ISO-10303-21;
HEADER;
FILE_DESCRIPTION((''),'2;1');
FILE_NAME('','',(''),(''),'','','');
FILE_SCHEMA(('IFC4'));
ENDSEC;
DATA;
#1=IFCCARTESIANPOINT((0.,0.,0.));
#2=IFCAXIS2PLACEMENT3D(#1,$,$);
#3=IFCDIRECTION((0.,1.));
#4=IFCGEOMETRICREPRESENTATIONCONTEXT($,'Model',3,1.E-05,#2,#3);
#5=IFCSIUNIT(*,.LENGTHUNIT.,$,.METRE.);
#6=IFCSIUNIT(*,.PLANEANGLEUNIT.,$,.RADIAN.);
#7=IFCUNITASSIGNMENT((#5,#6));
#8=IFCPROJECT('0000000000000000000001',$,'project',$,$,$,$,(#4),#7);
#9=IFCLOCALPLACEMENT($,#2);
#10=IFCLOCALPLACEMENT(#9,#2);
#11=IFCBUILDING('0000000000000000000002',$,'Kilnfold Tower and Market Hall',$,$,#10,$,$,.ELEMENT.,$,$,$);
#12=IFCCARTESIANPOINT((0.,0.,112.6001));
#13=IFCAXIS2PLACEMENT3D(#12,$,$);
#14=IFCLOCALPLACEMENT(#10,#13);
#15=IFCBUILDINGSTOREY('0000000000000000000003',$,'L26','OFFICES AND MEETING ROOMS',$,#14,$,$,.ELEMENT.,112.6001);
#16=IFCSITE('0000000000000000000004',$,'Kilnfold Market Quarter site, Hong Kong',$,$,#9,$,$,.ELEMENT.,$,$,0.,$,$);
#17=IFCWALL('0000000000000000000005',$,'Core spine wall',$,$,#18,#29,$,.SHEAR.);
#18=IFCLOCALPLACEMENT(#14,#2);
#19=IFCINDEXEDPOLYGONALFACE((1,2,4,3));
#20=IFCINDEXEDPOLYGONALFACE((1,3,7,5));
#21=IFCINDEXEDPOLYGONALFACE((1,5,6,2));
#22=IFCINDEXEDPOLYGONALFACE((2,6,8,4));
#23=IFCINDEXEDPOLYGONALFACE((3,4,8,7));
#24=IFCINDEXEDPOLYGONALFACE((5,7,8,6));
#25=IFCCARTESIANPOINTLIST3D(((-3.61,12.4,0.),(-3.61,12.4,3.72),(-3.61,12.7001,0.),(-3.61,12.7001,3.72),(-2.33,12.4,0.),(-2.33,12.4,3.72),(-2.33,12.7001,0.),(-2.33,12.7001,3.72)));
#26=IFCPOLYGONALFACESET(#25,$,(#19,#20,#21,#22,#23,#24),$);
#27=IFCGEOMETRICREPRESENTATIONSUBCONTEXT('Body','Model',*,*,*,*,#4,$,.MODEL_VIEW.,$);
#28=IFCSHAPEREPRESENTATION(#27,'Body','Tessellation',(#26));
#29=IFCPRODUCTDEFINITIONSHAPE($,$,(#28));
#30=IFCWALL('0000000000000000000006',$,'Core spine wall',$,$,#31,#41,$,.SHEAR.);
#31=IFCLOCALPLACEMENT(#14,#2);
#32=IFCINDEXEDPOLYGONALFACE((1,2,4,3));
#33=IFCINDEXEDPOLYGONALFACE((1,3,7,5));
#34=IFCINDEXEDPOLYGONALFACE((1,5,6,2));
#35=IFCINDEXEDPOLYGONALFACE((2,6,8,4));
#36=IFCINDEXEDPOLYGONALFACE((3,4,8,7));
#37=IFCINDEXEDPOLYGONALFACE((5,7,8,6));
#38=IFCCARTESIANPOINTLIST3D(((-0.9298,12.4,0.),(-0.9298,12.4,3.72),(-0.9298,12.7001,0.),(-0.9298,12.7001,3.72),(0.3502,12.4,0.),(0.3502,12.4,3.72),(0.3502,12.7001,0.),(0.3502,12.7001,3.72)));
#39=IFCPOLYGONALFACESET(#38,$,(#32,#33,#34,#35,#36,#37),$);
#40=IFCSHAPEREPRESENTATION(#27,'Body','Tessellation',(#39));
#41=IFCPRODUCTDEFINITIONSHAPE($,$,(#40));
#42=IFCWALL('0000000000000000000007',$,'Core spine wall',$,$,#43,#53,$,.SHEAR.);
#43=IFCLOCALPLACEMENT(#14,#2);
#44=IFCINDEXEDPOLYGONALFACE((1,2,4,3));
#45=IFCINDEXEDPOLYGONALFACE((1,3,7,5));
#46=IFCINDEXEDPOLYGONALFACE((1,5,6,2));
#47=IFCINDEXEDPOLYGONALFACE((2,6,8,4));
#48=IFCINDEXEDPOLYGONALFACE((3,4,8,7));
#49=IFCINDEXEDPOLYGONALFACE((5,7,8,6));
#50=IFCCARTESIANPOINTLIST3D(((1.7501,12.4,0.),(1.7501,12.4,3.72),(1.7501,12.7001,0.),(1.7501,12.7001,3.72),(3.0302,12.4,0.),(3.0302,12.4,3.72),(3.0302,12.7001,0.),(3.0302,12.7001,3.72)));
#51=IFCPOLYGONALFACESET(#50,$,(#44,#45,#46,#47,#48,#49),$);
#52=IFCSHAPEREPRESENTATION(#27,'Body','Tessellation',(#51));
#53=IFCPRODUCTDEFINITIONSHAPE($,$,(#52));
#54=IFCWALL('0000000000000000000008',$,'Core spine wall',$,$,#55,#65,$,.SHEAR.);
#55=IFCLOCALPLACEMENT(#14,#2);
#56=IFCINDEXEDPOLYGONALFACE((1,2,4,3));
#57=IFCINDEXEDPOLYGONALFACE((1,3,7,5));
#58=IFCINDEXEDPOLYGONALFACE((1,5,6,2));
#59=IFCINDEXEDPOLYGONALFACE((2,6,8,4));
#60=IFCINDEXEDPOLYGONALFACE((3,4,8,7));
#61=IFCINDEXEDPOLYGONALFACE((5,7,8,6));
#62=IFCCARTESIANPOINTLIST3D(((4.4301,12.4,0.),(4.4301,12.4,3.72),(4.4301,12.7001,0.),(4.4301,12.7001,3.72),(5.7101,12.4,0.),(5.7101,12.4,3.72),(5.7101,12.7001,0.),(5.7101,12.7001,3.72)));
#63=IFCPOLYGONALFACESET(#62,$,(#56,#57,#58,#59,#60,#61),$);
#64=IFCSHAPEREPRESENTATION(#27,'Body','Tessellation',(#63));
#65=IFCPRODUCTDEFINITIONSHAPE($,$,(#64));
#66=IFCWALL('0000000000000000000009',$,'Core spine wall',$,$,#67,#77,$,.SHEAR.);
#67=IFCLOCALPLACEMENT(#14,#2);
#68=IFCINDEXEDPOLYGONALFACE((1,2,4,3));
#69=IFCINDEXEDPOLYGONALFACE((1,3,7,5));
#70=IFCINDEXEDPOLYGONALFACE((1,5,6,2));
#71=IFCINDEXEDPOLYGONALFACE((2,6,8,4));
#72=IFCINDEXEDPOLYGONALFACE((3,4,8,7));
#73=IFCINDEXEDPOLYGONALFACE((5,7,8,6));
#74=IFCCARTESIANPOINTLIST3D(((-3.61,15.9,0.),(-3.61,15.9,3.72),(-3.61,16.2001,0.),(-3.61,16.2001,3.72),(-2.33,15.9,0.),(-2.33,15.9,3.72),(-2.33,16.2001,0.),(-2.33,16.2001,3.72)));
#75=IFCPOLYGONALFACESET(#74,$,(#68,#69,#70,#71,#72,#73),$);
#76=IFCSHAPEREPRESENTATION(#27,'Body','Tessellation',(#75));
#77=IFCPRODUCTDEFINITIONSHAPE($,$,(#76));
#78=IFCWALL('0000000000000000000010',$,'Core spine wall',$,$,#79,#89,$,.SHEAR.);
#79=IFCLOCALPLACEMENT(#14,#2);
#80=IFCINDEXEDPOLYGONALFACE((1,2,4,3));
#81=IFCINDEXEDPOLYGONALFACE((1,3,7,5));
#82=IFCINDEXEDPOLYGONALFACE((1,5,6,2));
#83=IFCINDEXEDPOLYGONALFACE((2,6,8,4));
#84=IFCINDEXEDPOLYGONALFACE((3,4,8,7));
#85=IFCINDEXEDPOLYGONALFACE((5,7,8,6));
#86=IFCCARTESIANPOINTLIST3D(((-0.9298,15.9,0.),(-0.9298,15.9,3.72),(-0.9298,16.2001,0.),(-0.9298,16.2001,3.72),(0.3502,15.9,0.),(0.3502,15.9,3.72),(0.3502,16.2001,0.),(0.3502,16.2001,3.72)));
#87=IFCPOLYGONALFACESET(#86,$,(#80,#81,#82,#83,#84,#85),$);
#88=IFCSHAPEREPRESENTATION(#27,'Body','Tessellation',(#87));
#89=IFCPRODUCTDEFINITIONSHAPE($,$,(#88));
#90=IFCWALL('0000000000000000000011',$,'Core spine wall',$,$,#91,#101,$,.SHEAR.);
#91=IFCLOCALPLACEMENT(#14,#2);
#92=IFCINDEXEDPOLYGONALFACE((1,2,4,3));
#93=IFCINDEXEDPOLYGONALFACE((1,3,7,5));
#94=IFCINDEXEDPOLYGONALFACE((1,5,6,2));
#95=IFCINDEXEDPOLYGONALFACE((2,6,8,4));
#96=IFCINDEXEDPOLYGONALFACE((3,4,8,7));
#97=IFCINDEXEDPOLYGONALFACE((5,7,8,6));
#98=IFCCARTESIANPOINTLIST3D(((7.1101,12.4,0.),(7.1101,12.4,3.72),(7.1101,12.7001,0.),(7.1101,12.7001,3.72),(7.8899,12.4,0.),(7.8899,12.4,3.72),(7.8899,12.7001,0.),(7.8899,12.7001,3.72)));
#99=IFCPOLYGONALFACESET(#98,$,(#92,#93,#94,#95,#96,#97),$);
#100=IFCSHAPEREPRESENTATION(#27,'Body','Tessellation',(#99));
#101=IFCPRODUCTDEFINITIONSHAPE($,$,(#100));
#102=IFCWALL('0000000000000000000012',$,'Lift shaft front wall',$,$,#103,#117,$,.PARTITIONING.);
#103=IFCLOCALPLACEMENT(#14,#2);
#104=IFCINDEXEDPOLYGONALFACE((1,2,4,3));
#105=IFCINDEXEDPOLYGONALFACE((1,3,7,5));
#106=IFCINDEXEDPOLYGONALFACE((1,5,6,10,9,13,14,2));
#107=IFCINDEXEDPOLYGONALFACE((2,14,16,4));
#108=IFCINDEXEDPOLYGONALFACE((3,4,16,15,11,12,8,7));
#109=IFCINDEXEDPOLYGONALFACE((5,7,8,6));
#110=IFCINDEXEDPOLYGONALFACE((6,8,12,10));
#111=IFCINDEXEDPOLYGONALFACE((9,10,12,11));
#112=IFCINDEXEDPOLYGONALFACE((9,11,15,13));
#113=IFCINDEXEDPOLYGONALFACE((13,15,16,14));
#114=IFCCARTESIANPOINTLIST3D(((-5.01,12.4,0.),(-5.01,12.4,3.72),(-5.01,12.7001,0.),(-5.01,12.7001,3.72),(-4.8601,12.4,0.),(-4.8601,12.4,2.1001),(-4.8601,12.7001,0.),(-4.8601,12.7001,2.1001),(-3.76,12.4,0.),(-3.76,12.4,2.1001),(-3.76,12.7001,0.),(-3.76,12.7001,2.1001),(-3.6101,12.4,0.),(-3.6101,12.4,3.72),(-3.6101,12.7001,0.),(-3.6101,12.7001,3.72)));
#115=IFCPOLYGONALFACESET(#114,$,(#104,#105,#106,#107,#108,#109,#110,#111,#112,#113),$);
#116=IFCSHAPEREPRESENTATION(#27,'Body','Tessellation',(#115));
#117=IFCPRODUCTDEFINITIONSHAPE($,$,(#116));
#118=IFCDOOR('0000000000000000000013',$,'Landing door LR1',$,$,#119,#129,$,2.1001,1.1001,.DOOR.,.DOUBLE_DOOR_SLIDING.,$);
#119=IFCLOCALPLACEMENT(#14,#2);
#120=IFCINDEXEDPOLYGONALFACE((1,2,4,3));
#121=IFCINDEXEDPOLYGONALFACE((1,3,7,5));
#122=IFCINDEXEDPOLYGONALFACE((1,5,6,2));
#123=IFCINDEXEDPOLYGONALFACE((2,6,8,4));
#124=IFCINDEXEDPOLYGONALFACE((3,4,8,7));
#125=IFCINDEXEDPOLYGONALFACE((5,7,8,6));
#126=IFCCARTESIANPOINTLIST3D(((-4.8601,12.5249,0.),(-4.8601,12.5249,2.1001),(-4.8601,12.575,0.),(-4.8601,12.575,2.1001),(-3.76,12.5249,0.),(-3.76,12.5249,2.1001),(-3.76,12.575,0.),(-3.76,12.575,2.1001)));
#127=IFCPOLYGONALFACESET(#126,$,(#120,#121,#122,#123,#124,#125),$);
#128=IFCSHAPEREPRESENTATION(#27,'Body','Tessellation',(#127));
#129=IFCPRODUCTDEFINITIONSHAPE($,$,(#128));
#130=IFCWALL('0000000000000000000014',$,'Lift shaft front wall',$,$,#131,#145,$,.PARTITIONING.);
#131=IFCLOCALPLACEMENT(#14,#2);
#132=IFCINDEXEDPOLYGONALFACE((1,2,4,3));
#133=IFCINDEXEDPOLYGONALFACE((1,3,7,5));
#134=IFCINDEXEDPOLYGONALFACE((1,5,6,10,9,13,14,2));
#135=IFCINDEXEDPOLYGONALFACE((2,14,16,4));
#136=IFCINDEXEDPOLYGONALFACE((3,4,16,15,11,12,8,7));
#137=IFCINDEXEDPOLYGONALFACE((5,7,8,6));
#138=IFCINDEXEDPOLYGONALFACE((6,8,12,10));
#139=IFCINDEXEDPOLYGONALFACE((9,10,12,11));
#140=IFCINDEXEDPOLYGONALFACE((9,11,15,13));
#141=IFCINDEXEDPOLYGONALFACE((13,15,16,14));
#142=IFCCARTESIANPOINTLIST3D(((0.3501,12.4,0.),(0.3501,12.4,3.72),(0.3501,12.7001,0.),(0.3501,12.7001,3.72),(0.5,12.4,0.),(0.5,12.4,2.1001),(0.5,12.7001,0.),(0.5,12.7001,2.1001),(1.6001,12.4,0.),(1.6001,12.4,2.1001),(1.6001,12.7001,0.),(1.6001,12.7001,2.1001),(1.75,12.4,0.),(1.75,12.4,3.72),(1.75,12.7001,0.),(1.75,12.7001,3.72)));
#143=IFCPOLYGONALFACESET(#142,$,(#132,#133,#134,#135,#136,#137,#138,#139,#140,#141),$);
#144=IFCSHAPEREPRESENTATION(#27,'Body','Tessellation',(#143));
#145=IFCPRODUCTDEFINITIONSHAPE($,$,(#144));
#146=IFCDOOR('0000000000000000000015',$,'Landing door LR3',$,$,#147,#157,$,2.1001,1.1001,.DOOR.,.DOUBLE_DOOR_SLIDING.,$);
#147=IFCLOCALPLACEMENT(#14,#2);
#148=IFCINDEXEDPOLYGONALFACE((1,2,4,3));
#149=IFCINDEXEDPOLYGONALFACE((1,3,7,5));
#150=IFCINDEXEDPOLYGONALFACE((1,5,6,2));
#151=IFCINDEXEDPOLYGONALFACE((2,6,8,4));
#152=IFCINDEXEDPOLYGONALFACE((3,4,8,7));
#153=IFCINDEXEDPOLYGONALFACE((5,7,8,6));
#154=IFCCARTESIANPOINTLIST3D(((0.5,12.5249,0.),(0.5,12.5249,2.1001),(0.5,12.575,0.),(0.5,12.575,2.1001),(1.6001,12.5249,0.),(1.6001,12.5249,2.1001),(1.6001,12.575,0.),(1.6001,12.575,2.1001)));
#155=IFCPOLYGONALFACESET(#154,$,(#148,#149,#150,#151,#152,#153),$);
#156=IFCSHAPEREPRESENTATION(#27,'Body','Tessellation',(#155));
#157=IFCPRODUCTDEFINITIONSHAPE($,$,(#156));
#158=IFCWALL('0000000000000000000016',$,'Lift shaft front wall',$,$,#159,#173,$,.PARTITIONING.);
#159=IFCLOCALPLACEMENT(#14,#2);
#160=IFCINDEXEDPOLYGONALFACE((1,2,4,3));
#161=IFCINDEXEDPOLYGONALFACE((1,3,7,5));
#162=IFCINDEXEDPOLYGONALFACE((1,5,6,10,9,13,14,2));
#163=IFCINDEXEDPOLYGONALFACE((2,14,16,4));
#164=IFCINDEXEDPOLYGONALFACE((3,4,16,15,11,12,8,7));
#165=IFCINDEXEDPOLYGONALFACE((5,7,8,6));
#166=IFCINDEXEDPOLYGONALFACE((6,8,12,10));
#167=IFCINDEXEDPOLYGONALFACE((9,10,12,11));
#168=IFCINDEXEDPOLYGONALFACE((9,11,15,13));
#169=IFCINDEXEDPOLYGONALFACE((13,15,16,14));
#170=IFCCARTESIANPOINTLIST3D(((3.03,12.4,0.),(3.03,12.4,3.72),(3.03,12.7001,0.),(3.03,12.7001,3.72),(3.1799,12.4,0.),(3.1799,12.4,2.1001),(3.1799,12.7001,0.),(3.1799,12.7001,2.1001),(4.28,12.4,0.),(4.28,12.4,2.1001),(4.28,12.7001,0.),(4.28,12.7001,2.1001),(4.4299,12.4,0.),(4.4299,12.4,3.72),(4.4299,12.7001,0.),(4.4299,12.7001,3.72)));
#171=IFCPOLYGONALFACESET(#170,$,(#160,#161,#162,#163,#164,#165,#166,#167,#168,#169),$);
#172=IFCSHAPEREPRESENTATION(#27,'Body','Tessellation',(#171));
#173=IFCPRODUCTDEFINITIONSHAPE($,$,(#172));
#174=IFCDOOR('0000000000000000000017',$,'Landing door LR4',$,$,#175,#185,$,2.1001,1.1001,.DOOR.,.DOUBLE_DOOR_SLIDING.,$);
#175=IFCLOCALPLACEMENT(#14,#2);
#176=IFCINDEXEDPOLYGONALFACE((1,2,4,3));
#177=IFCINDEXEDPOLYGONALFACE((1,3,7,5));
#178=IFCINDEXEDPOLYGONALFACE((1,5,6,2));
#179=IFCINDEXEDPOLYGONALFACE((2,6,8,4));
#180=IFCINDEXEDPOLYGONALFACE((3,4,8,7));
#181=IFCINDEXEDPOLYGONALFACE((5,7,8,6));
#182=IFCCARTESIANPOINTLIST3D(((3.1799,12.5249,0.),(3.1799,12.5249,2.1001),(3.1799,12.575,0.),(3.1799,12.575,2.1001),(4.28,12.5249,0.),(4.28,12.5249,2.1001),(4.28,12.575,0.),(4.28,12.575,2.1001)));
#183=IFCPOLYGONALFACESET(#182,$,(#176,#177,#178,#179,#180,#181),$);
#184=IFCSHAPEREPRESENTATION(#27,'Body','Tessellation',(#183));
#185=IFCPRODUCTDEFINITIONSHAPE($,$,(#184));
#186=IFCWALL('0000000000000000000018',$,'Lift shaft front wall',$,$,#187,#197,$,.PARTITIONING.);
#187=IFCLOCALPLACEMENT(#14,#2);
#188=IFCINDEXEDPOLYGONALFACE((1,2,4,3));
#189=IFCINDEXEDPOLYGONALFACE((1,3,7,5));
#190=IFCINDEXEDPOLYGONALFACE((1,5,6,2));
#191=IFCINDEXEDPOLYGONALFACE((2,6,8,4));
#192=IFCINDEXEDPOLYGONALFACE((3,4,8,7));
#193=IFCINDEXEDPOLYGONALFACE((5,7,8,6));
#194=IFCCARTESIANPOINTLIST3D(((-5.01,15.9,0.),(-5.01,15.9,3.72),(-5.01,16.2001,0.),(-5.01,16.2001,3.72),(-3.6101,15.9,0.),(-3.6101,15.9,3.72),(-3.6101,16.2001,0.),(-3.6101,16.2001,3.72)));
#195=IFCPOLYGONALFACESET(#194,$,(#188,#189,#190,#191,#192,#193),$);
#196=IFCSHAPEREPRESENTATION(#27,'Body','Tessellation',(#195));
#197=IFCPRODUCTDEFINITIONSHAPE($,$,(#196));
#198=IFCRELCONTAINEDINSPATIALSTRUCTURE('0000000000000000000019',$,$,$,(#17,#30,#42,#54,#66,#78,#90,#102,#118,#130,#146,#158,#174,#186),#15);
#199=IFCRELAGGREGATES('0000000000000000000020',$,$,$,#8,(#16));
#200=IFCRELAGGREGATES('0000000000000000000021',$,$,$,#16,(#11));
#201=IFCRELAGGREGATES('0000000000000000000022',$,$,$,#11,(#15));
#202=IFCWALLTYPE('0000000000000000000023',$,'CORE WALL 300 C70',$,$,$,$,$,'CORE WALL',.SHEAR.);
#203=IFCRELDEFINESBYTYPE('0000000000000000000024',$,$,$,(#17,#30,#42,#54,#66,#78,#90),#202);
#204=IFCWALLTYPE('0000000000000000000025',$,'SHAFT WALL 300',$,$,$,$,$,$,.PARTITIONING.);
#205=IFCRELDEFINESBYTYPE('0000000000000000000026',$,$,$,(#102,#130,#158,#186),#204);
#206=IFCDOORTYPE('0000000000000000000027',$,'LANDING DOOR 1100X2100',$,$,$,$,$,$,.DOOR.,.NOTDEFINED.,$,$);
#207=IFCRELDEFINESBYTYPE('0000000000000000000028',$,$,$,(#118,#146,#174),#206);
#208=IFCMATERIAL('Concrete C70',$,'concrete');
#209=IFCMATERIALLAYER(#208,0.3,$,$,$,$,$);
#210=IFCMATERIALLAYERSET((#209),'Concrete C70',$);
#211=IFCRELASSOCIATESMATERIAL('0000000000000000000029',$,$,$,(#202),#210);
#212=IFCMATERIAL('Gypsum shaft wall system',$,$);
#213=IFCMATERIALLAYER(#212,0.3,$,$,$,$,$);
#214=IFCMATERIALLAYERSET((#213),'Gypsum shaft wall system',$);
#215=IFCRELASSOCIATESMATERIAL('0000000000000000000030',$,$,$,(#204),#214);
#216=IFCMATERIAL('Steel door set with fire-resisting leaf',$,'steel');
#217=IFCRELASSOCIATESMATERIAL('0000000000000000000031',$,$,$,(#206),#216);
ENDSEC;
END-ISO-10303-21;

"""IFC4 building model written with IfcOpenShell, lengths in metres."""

from ifc_helpers import new_model, si_unit, direction, frame, frame_2d, origin, place, context, subcontext, project, spatial, rectangle, extrude, source, transform, mapped, material, layer, layer_set, type_object, element, fill, save


model = new_model("IFC4")

# Units and contexts
model_context = context("Model", 3, precision=1e-05, world=origin(), true_north=direction((0.0, 1.0)))
body_context = subcontext(model_context, "Body", "Model", "MODEL_VIEW")
ifc_project = project(units=[si_unit("LENGTHUNIT", "METRE"), si_unit("PLANEANGLEUNIT", "RADIAN")], contexts=[model_context])

# Site, building, storey
site_placement = place(None, origin())
site = spatial("IfcSite", under=ifc_project, at=site_placement, Name="Kilnfold Market Quarter site, Hong Kong", CompositionType="ELEMENT", RefElevation=0.0)
building_placement = place(site_placement, origin())
building = spatial("IfcBuilding", under=site, at=building_placement, Name="Kilnfold Tower and Market Hall", CompositionType="ELEMENT")
storey_placement = place(building_placement, frame((0.0, 0.0, 112.6001)))
storey = spatial("IfcBuildingStorey", under=building, at=storey_placement, Name="L26", Description="OFFICES AND MEETING ROOMS", CompositionType="ELEMENT", Elevation=112.6001)

# Walls
ifc_material_1 = material(Name="Concrete C70", Category="concrete")
ifc_layer_1 = layer(ifc_material_1, 0.3)
ifc_layer_set_1 = layer_set([ifc_layer_1], Name="Concrete C70")
wall_type_1 = type_object("IfcWallType", Name="CORE WALL 300 C70", ElementType="CORE WALL", PredefinedType="SHEAR", material=ifc_layer_set_1)
shared_shape_1 = source(origin(), body_context, "Body", "SweptSolid", [
    extrude(rectangle(XDim=1.28, YDim=0.3, at=frame_2d((0.6401, 0.0))), origin(), (0.0, 0.0, 1.0), 3.72),
])
for number, where, z_axis, x_axis, name in (
    (1, (-3.6101, 12.55, 0.0), (0.0, 0.0, 1.0), (1.0, 0.0, 0.0), "Core spine wall"),
    (2, (-0.9299, 12.55, 0.0), (0.0, 0.0, 1.0), (1.0, 0.0, 0.0), "Core spine wall"),
    (3, (1.75, 12.55, 0.0), (0.0, 0.0, 1.0), (1.0, 0.0, 0.0), "Core spine wall"),
    (4, (4.4299, 12.55, 0.0), (0.0, 0.0, 1.0), (1.0, 0.0, 0.0), "Core spine wall"),
    (5, (-3.6101, 16.05, 0.0), (0.0, 0.0, 1.0), (1.0, 0.0, 0.0), "Core spine wall"),
    (6, (-0.9299, 16.05, 0.0), (0.0, 0.0, 1.0), (1.0, 0.0, 0.0), "Core spine wall"),
):
    element("IfcWall", number, at=place(storey_placement, frame(where, z_axis=z_axis, x_axis=x_axis)), inside=storey, type_object=wall_type_1, Name=name, PredefinedType="SHEAR", context=body_context, shape_type="MappedRepresentation", body=[
        mapped(shared_shape_1, transform((0.0, 0.0, 0.0))),
    ])
shared_shape_2 = source(origin(), body_context, "Body", "SweptSolid", [
    extrude(rectangle(XDim=0.7798, YDim=0.3, at=frame_2d((0.3899, 0.0))), origin(), (0.0, 0.0, 1.0), 3.72),
])
wall_1_placement = place(storey_placement, frame((7.1101, 12.55, 0.0), z_axis=(0.0, 0.0, 1.0), x_axis=(1.0, 0.0, 0.0)))
element("IfcWall", 7, at=wall_1_placement, inside=storey, type_object=wall_type_1, Name="Core spine wall", PredefinedType="SHEAR", context=body_context, shape_type="MappedRepresentation", body=[
    mapped(shared_shape_2, transform((0.0, 0.0, 0.0))),
])

# Walls, openings, doors
ifc_material_2 = material(Name="Gypsum shaft wall system")
ifc_layer_2 = layer(ifc_material_2, 0.3)
ifc_layer_set_2 = layer_set([ifc_layer_2], Name="Gypsum shaft wall system")
wall_type_2 = type_object("IfcWallType", Name="SHAFT WALL 300", PredefinedType="PARTITIONING", material=ifc_layer_set_2)
shared_shape_3 = source(origin(), body_context, "Body", "SweptSolid", [
    extrude(rectangle(XDim=1.3999, YDim=0.3, at=frame_2d((0.7, 0.0))), origin(), (0.0, 0.0, 1.0), 3.72),
])
wall_2_placement = place(storey_placement, frame((-5.01, 12.55, 0.0), z_axis=(0.0, 0.0, 1.0), x_axis=(1.0, 0.0, 0.0)))
wall_2 = element("IfcWall", 8, at=wall_2_placement, inside=storey, type_object=wall_type_2, Name="Lift shaft front wall", PredefinedType="PARTITIONING", context=body_context, shape_type="MappedRepresentation", body=[
    mapped(shared_shape_3, transform((0.0, 0.0, 0.0))),
])
opening_1_placement = place(wall_2_placement, frame((0.1499, 0.0, 0.0)))
opening_1 = element("IfcOpeningElement", 9, at=opening_1_placement, cuts=wall_2, PredefinedType="OPENING", context=body_context, shape_type="SweptSolid", body=[
    extrude(rectangle(XDim=1.1001, YDim=2.1001, at=frame_2d((0.55, 1.05))), frame((0.0, 0.1602, 0.0), z_axis=(0.0, -1.0, 0.0), x_axis=(1.0, 0.0, 0.0)), (0.0, 0.0, 1.0), 0.3201),
])
ifc_material_3 = material(Name="Steel door set with fire-resisting leaf", Category="steel")
door_type_1 = type_object("IfcDoorType", Name="LANDING DOOR 1100X2100", OperationType="NOTDEFINED", PredefinedType="DOOR", material=ifc_material_3)
door_1_placement = place(opening_1_placement, origin())
door_1 = element("IfcDoor", 10, at=door_1_placement, inside=storey, type_object=door_type_1, Name="Landing door LR1", OperationType="DOUBLE_DOOR_SLIDING", OverallHeight=2.1001, OverallWidth=1.1001, PredefinedType="DOOR", context=body_context, shape_type="SweptSolid", body=[
    extrude(rectangle(XDim=1.1001, YDim=2.1001, at=frame_2d((0.55, 1.05))), frame((0.0, 0.0249, 0.0), z_axis=(0.0, -1.0, 0.0), x_axis=(1.0, 0.0, 0.0)), (0.0, 0.0, 1.0), 0.05),
])
fill(opening_1, door_1)
wall_3_placement = place(storey_placement, frame((0.3501, 12.55, 0.0), z_axis=(0.0, 0.0, 1.0), x_axis=(1.0, 0.0, 0.0)))
wall_3 = element("IfcWall", 11, at=wall_3_placement, inside=storey, type_object=wall_type_2, Name="Lift shaft front wall", PredefinedType="PARTITIONING", context=body_context, shape_type="MappedRepresentation", body=[
    mapped(shared_shape_3, transform((0.0, 0.0, 0.0))),
])
opening_2_placement = place(wall_3_placement, frame((0.1499, 0.0, 0.0)))
opening_2 = element("IfcOpeningElement", 12, at=opening_2_placement, cuts=wall_3, PredefinedType="OPENING", context=body_context, shape_type="SweptSolid", body=[
    extrude(rectangle(XDim=1.1001, YDim=2.1001, at=frame_2d((0.55, 1.05))), frame((0.0, 0.1602, 0.0), z_axis=(0.0, -1.0, 0.0), x_axis=(1.0, 0.0, 0.0)), (0.0, 0.0, 1.0), 0.3201),
])
door_2_placement = place(opening_2_placement, origin())
door_2 = element("IfcDoor", 13, at=door_2_placement, inside=storey, type_object=door_type_1, Name="Landing door LR3", OperationType="DOUBLE_DOOR_SLIDING", OverallHeight=2.1001, OverallWidth=1.1001, PredefinedType="DOOR", context=body_context, shape_type="SweptSolid", body=[
    extrude(rectangle(XDim=1.1001, YDim=2.1001, at=frame_2d((0.55, 1.05))), frame((0.0, 0.0249, 0.0), z_axis=(0.0, -1.0, 0.0), x_axis=(1.0, 0.0, 0.0)), (0.0, 0.0, 1.0), 0.05),
])
fill(opening_2, door_2)
wall_4_placement = place(storey_placement, frame((3.03, 12.55, 0.0), z_axis=(0.0, 0.0, 1.0), x_axis=(1.0, 0.0, 0.0)))
wall_4 = element("IfcWall", 14, at=wall_4_placement, inside=storey, type_object=wall_type_2, Name="Lift shaft front wall", PredefinedType="PARTITIONING", context=body_context, shape_type="MappedRepresentation", body=[
    mapped(shared_shape_3, transform((0.0, 0.0, 0.0))),
])
opening_3_placement = place(wall_4_placement, frame((0.1499, 0.0, 0.0)))
opening_3 = element("IfcOpeningElement", 15, at=opening_3_placement, cuts=wall_4, PredefinedType="OPENING", context=body_context, shape_type="SweptSolid", body=[
    extrude(rectangle(XDim=1.1001, YDim=2.1001, at=frame_2d((0.55, 1.05))), frame((0.0, 0.1602, 0.0), z_axis=(0.0, -1.0, 0.0), x_axis=(1.0, 0.0, 0.0)), (0.0, 0.0, 1.0), 0.3201),
])
door_3_placement = place(opening_3_placement, origin())
door_3 = element("IfcDoor", 16, at=door_3_placement, inside=storey, type_object=door_type_1, Name="Landing door LR4", OperationType="DOUBLE_DOOR_SLIDING", OverallHeight=2.1001, OverallWidth=1.1001, PredefinedType="DOOR", context=body_context, shape_type="SweptSolid", body=[
    extrude(rectangle(XDim=1.1001, YDim=2.1001, at=frame_2d((0.55, 1.05))), frame((0.0, 0.0249, 0.0), z_axis=(0.0, -1.0, 0.0), x_axis=(1.0, 0.0, 0.0)), (0.0, 0.0, 1.0), 0.05),
])
fill(opening_3, door_3)

# Wall
wall_5_placement = place(storey_placement, frame((-5.01, 16.05, 0.0), z_axis=(0.0, 0.0, 1.0), x_axis=(1.0, 0.0, 0.0)))
element("IfcWall", 17, at=wall_5_placement, inside=storey, type_object=wall_type_2, Name="Lift shaft front wall", PredefinedType="PARTITIONING", context=body_context, shape_type="MappedRepresentation", body=[
    mapped(shared_shape_3, transform((0.0, 0.0, 0.0))),
])

save(model, "model.ifc")
